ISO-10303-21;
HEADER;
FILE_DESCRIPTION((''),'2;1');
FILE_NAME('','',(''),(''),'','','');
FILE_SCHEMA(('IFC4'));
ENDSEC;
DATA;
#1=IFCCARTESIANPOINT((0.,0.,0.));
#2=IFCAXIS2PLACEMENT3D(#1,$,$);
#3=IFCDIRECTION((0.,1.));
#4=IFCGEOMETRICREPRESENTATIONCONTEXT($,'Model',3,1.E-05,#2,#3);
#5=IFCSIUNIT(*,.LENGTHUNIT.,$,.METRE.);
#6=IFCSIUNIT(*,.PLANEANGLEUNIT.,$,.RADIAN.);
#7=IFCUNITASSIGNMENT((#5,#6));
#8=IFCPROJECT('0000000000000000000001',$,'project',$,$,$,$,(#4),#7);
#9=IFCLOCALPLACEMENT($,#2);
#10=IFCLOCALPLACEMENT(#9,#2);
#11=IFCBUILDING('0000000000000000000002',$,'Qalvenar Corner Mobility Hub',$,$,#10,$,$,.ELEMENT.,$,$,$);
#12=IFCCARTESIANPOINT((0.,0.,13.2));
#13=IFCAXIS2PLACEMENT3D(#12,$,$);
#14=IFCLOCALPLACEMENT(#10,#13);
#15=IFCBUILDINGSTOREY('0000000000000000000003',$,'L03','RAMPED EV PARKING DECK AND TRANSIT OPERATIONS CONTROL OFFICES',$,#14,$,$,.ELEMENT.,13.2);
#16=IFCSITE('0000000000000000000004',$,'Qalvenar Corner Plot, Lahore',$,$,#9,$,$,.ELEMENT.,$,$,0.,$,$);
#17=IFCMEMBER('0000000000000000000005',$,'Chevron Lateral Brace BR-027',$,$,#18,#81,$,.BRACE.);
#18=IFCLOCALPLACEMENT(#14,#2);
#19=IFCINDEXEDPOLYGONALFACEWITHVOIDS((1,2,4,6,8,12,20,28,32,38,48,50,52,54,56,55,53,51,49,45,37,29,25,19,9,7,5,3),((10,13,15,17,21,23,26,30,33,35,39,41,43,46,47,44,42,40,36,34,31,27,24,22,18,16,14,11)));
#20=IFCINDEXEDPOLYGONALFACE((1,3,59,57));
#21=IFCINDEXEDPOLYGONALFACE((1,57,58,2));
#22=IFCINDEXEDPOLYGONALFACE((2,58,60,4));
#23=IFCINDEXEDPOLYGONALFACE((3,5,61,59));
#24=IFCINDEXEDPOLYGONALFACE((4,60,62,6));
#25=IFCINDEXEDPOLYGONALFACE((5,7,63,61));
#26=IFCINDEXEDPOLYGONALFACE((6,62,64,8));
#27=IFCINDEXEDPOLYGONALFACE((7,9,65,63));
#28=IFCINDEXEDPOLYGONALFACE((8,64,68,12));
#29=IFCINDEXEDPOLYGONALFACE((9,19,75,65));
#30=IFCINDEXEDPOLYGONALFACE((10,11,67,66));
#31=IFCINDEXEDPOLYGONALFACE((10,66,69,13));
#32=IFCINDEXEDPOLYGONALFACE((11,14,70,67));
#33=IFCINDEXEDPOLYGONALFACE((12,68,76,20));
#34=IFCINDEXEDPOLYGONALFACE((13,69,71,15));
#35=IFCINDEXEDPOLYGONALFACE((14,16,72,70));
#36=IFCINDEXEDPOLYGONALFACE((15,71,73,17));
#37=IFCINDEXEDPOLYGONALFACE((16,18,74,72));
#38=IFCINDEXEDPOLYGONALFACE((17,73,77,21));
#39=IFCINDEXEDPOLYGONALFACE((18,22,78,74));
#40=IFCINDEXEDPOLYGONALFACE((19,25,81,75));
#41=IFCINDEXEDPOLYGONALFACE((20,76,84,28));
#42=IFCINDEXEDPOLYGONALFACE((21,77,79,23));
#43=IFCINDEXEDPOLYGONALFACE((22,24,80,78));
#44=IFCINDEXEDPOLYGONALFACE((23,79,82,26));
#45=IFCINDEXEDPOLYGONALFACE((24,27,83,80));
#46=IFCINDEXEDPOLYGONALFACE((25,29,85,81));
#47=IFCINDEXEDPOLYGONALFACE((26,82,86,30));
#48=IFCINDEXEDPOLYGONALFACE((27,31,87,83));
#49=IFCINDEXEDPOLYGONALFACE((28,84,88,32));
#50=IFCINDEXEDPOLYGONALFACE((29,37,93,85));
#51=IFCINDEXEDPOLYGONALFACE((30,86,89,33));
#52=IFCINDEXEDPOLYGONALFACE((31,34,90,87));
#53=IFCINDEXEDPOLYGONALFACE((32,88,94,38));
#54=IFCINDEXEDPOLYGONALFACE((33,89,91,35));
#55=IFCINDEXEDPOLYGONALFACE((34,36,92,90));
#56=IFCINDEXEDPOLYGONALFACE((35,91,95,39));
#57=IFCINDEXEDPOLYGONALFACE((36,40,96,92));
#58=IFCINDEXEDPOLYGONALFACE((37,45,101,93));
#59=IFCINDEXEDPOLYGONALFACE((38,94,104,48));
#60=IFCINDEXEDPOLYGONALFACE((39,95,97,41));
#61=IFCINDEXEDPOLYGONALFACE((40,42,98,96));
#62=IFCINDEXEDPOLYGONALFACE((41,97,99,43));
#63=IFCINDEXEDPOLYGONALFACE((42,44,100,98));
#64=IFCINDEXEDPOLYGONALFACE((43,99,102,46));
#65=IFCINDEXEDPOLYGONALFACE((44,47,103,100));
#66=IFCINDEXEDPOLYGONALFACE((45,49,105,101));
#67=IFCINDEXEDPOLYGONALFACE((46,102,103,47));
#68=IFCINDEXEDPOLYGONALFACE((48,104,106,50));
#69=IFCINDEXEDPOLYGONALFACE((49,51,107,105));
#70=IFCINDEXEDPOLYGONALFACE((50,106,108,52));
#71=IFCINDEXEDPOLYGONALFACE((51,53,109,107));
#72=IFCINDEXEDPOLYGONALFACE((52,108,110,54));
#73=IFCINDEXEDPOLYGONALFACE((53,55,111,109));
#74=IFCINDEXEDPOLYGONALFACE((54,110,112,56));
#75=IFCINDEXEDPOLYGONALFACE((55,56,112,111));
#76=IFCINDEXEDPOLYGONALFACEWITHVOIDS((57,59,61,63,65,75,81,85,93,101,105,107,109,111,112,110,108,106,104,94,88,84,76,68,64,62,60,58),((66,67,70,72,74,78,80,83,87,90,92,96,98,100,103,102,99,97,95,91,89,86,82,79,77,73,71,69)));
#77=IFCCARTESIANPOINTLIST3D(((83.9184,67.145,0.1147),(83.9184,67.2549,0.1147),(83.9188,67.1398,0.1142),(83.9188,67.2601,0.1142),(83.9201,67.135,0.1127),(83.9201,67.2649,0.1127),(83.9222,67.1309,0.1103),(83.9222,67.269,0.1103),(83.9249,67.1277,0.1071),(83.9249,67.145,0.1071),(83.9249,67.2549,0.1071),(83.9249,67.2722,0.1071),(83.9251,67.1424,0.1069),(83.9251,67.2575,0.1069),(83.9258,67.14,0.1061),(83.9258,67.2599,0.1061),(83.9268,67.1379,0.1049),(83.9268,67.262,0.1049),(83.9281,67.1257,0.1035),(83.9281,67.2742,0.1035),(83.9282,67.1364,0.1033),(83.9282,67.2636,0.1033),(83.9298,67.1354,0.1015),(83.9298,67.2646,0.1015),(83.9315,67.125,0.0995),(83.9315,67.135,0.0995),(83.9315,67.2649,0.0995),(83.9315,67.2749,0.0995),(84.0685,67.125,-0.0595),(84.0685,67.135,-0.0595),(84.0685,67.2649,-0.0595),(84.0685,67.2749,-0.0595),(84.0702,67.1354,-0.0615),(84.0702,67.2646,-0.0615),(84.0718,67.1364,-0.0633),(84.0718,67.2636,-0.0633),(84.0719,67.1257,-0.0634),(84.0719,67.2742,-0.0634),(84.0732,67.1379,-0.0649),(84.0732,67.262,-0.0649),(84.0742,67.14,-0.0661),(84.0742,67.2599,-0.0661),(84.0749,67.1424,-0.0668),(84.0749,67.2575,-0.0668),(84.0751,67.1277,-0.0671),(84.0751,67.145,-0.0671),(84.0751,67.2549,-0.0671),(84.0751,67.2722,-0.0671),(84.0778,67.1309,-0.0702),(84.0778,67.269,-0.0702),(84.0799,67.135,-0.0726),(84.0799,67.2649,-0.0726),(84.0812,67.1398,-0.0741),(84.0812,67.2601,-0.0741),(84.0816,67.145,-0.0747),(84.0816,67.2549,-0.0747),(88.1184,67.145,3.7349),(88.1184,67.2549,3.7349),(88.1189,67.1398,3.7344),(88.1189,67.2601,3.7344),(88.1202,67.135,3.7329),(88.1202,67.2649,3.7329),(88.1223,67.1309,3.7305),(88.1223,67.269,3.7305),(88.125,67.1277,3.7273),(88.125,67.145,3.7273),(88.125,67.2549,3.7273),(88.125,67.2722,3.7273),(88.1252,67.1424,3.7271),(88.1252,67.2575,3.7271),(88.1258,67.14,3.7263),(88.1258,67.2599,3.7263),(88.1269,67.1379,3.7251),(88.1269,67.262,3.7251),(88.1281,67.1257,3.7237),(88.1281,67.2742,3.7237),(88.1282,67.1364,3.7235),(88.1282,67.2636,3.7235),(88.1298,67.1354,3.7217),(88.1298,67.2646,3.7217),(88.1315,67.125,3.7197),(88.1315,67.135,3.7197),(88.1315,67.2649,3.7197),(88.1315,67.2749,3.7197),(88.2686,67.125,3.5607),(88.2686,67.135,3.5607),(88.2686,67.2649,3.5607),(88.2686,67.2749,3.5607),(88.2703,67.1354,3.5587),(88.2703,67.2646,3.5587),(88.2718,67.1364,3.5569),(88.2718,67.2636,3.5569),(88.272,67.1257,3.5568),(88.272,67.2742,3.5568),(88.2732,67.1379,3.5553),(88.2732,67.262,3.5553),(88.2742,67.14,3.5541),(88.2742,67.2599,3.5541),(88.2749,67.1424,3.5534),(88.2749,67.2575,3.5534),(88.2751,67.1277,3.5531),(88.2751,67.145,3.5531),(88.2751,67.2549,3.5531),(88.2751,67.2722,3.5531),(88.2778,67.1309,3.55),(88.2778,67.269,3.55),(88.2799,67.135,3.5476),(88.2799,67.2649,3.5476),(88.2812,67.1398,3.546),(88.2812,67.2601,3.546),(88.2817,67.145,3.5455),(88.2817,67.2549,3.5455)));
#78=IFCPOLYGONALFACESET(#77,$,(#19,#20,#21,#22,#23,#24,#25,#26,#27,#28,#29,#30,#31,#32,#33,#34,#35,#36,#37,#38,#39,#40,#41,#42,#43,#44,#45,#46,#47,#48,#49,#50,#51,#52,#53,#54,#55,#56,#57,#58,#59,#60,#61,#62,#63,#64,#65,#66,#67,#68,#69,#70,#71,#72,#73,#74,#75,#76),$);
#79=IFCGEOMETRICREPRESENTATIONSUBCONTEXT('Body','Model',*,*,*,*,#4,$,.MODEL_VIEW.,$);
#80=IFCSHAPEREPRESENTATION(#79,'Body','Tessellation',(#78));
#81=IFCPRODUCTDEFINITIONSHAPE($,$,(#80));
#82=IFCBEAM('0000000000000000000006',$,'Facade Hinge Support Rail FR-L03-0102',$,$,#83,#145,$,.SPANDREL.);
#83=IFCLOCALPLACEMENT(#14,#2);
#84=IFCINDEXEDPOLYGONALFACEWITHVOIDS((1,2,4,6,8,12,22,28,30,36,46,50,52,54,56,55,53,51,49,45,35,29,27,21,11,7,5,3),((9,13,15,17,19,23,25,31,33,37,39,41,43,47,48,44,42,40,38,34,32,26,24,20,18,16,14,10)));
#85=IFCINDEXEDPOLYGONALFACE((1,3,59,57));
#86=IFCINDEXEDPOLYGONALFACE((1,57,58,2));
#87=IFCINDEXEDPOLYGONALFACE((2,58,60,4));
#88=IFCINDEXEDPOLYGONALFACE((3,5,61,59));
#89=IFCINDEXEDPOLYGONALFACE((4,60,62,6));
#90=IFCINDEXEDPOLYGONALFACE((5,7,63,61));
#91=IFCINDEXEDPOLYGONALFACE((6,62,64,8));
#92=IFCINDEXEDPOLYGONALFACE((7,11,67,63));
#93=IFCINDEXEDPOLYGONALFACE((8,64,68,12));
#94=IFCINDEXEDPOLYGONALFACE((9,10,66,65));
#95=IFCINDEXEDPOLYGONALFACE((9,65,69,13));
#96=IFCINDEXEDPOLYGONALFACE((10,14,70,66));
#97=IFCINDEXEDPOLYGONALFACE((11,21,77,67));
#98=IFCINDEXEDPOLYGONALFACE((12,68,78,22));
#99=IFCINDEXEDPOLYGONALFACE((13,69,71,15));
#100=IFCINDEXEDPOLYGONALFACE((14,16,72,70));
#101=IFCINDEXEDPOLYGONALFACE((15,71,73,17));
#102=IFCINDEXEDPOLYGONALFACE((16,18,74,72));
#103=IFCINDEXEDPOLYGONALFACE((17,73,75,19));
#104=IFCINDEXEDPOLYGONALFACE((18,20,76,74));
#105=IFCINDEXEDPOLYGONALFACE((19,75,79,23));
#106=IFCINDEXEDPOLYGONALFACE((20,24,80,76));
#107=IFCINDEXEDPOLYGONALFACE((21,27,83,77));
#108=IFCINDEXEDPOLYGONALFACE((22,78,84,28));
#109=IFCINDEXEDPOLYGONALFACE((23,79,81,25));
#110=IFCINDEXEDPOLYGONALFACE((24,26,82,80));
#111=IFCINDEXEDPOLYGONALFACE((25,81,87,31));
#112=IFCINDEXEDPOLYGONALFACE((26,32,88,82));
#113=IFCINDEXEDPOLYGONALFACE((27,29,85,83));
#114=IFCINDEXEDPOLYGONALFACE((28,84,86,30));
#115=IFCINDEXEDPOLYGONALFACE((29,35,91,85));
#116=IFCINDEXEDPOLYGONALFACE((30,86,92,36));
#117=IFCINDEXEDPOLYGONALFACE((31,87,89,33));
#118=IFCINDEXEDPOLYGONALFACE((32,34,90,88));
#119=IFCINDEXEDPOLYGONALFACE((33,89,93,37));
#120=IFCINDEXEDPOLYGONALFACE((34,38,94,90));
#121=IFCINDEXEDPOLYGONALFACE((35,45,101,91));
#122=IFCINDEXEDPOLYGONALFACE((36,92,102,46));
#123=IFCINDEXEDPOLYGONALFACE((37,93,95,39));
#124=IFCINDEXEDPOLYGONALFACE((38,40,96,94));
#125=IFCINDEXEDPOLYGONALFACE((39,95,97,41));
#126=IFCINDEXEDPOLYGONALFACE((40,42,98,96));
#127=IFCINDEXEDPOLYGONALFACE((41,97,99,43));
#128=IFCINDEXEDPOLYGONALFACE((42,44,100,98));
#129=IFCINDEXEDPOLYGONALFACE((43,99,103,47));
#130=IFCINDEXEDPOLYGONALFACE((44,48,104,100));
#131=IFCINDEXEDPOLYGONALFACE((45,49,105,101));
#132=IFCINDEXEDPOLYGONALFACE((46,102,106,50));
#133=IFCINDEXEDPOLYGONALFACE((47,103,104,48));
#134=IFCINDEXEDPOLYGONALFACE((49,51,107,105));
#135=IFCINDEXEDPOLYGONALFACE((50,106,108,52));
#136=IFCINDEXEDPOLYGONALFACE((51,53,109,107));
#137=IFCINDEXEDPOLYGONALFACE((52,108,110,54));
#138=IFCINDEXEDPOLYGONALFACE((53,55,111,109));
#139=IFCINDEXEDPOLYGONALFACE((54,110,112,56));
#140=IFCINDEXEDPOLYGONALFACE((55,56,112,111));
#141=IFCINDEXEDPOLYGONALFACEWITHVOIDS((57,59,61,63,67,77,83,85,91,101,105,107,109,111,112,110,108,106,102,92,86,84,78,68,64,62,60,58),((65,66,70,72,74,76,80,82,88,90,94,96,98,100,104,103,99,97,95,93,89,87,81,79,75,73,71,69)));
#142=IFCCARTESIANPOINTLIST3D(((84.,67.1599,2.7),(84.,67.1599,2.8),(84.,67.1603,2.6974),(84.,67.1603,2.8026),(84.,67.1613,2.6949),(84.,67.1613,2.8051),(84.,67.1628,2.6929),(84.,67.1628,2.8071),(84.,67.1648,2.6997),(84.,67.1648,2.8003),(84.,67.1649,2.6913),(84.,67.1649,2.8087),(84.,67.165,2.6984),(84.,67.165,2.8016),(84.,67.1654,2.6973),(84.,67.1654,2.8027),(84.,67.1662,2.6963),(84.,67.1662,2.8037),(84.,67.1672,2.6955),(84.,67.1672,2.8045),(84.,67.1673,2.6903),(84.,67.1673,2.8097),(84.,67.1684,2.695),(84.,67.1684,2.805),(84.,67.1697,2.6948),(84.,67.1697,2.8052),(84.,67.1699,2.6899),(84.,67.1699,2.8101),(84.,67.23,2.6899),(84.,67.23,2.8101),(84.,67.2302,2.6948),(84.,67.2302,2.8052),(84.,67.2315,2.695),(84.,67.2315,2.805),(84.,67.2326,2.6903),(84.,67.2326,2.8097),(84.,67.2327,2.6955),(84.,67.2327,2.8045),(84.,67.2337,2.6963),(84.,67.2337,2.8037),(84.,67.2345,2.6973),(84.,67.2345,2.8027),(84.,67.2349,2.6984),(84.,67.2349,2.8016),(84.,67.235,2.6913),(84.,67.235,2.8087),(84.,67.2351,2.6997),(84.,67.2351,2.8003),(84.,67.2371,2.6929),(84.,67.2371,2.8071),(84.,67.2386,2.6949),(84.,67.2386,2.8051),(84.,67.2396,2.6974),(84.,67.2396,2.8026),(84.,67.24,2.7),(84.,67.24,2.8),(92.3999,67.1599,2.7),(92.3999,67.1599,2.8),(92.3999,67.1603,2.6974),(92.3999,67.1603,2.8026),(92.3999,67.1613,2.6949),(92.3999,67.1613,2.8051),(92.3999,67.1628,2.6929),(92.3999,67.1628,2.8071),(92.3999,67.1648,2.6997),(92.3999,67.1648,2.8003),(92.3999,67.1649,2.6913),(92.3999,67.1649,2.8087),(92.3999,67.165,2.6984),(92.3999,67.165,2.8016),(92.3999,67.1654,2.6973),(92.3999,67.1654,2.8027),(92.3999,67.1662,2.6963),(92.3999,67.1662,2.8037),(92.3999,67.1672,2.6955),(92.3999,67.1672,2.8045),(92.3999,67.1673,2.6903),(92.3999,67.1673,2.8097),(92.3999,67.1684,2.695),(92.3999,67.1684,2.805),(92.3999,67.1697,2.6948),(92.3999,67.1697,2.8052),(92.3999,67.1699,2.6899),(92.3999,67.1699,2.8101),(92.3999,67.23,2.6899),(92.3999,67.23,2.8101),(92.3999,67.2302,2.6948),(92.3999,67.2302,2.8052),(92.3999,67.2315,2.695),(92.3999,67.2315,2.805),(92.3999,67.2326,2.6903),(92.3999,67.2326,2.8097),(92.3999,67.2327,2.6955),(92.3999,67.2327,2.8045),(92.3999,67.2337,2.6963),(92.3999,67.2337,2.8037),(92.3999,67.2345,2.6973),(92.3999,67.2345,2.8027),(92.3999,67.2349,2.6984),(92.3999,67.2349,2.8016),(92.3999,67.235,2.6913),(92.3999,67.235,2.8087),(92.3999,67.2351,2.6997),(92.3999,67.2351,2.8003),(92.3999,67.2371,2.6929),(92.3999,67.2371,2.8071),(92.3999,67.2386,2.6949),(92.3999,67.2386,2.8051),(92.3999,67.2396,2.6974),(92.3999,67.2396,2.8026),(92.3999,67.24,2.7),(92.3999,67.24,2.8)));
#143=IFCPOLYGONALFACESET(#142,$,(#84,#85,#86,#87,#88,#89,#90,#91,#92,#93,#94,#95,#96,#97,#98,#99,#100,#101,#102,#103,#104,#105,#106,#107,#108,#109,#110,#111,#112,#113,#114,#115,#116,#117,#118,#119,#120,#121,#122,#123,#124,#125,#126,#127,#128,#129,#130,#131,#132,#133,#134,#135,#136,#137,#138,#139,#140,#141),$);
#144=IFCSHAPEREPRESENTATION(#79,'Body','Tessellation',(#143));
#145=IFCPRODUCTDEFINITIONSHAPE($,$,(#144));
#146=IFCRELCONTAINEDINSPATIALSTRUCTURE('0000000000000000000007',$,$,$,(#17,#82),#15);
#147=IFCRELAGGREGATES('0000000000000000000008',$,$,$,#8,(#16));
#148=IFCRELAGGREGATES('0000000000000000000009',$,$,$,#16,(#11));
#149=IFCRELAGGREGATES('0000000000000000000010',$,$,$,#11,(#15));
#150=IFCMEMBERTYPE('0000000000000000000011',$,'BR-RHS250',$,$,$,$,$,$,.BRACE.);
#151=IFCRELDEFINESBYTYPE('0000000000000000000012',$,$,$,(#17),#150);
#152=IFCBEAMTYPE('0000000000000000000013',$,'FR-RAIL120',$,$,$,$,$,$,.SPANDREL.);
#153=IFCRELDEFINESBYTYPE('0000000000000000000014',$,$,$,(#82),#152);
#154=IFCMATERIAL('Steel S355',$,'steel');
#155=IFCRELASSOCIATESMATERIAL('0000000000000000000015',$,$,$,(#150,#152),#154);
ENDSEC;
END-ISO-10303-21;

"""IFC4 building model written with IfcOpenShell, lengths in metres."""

from ifc_helpers import new_model, si_unit, direction, frame, origin, origin_2d, place, context, subcontext, project, spatial, hollow_rectangle, extrude, material, material_profile, profile_set, type_object, element, save


model = new_model("IFC4")

# Units and contexts
model_context = context("Model", 3, precision=1e-05, world=origin(), true_north=direction((0.0, 1.0)))
body_context = subcontext(model_context, "Body", "Model", "MODEL_VIEW")
ifc_project = project(units=[si_unit("LENGTHUNIT", "METRE"), si_unit("PLANEANGLEUNIT", "RADIAN")], contexts=[model_context])

# Site, building, storey
site_placement = place(None, origin())
site = spatial("IfcSite", under=ifc_project, at=site_placement, Name="Qalvenar Corner Plot, Lahore", CompositionType="ELEMENT", RefElevation=0.0)
building_placement = place(site_placement, origin())
building = spatial("IfcBuilding", under=site, at=building_placement, Name="Qalvenar Corner Mobility Hub", CompositionType="ELEMENT")
storey_placement = place(building_placement, frame((0.0, 0.0, 13.2)))
storey = spatial("IfcBuildingStorey", under=building, at=storey_placement, Name="L03", Description="RAMPED EV PARKING DECK AND TRANSIT OPERATIONS CONTROL OFFICES", CompositionType="ELEMENT", Elevation=13.2)

# Shared definitions
ifc_material_1 = material(Name="Steel S355", Category="steel")

# Member
ifc_material_profile_1 = material_profile(ifc_material_1, hollow_rectangle(XDim=0.1499, YDim=0.25, WallThickness=0.01, InnerFilletRadius=0.01, OuterFilletRadius=0.02, at=origin_2d()), Name="RHS250x150x10")
ifc_profile_set_1 = profile_set([ifc_material_profile_1], Name="Steel S355")
member_type = type_object("IfcMemberType", Name="BR-RHS250", PredefinedType="BRACE", material=ifc_profile_set_1)
member_placement = place(storey_placement, frame((84.0, 67.2, 0.02), z_axis=(0.757457, 0.0, 0.652885), x_axis=(0.0, 1.0, 0.0)))
element("IfcMember", 1, at=member_placement, inside=storey, type_object=member_type, Name="Chevron Lateral Brace BR-027", PredefinedType="BRACE", context=body_context, shape_type="SweptSolid", body=[
    extrude(hollow_rectangle(XDim=0.1499, YDim=0.25, WallThickness=0.01, InnerFilletRadius=0.01, OuterFilletRadius=0.02, at=origin_2d()), origin(), (0.0, 0.0, 1.0), 5.5449),
])

# Beam
ifc_material_profile_2 = material_profile(ifc_material_1, hollow_rectangle(XDim=0.0801, YDim=0.1201, WallThickness=0.0049, InnerFilletRadius=0.0049, OuterFilletRadius=0.01, at=origin_2d()), Name="RHS120x80x5")
ifc_profile_set_2 = profile_set([ifc_material_profile_2], Name="Steel S355")
beam_type_1 = type_object("IfcBeamType", Name="FR-RAIL120", PredefinedType="SPANDREL", material=ifc_profile_set_2)
beam_1_placement = place(storey_placement, frame((84.0, 67.2, 2.75), z_axis=(1.0, 0.0, 0.0), x_axis=(0.0, 1.0, 0.0)))
element("IfcBeam", 2, at=beam_1_placement, inside=storey, type_object=beam_type_1, Name="Facade Hinge Support Rail FR-L03-0102", PredefinedType="SPANDREL", context=body_context, shape_type="SweptSolid", body=[
    extrude(hollow_rectangle(XDim=0.0801, YDim=0.1201, WallThickness=0.0049, InnerFilletRadius=0.0049, OuterFilletRadius=0.01, at=origin_2d()), origin(), (0.0, 0.0, 1.0), 8.3999),
])

save(model, "model.ifc")
